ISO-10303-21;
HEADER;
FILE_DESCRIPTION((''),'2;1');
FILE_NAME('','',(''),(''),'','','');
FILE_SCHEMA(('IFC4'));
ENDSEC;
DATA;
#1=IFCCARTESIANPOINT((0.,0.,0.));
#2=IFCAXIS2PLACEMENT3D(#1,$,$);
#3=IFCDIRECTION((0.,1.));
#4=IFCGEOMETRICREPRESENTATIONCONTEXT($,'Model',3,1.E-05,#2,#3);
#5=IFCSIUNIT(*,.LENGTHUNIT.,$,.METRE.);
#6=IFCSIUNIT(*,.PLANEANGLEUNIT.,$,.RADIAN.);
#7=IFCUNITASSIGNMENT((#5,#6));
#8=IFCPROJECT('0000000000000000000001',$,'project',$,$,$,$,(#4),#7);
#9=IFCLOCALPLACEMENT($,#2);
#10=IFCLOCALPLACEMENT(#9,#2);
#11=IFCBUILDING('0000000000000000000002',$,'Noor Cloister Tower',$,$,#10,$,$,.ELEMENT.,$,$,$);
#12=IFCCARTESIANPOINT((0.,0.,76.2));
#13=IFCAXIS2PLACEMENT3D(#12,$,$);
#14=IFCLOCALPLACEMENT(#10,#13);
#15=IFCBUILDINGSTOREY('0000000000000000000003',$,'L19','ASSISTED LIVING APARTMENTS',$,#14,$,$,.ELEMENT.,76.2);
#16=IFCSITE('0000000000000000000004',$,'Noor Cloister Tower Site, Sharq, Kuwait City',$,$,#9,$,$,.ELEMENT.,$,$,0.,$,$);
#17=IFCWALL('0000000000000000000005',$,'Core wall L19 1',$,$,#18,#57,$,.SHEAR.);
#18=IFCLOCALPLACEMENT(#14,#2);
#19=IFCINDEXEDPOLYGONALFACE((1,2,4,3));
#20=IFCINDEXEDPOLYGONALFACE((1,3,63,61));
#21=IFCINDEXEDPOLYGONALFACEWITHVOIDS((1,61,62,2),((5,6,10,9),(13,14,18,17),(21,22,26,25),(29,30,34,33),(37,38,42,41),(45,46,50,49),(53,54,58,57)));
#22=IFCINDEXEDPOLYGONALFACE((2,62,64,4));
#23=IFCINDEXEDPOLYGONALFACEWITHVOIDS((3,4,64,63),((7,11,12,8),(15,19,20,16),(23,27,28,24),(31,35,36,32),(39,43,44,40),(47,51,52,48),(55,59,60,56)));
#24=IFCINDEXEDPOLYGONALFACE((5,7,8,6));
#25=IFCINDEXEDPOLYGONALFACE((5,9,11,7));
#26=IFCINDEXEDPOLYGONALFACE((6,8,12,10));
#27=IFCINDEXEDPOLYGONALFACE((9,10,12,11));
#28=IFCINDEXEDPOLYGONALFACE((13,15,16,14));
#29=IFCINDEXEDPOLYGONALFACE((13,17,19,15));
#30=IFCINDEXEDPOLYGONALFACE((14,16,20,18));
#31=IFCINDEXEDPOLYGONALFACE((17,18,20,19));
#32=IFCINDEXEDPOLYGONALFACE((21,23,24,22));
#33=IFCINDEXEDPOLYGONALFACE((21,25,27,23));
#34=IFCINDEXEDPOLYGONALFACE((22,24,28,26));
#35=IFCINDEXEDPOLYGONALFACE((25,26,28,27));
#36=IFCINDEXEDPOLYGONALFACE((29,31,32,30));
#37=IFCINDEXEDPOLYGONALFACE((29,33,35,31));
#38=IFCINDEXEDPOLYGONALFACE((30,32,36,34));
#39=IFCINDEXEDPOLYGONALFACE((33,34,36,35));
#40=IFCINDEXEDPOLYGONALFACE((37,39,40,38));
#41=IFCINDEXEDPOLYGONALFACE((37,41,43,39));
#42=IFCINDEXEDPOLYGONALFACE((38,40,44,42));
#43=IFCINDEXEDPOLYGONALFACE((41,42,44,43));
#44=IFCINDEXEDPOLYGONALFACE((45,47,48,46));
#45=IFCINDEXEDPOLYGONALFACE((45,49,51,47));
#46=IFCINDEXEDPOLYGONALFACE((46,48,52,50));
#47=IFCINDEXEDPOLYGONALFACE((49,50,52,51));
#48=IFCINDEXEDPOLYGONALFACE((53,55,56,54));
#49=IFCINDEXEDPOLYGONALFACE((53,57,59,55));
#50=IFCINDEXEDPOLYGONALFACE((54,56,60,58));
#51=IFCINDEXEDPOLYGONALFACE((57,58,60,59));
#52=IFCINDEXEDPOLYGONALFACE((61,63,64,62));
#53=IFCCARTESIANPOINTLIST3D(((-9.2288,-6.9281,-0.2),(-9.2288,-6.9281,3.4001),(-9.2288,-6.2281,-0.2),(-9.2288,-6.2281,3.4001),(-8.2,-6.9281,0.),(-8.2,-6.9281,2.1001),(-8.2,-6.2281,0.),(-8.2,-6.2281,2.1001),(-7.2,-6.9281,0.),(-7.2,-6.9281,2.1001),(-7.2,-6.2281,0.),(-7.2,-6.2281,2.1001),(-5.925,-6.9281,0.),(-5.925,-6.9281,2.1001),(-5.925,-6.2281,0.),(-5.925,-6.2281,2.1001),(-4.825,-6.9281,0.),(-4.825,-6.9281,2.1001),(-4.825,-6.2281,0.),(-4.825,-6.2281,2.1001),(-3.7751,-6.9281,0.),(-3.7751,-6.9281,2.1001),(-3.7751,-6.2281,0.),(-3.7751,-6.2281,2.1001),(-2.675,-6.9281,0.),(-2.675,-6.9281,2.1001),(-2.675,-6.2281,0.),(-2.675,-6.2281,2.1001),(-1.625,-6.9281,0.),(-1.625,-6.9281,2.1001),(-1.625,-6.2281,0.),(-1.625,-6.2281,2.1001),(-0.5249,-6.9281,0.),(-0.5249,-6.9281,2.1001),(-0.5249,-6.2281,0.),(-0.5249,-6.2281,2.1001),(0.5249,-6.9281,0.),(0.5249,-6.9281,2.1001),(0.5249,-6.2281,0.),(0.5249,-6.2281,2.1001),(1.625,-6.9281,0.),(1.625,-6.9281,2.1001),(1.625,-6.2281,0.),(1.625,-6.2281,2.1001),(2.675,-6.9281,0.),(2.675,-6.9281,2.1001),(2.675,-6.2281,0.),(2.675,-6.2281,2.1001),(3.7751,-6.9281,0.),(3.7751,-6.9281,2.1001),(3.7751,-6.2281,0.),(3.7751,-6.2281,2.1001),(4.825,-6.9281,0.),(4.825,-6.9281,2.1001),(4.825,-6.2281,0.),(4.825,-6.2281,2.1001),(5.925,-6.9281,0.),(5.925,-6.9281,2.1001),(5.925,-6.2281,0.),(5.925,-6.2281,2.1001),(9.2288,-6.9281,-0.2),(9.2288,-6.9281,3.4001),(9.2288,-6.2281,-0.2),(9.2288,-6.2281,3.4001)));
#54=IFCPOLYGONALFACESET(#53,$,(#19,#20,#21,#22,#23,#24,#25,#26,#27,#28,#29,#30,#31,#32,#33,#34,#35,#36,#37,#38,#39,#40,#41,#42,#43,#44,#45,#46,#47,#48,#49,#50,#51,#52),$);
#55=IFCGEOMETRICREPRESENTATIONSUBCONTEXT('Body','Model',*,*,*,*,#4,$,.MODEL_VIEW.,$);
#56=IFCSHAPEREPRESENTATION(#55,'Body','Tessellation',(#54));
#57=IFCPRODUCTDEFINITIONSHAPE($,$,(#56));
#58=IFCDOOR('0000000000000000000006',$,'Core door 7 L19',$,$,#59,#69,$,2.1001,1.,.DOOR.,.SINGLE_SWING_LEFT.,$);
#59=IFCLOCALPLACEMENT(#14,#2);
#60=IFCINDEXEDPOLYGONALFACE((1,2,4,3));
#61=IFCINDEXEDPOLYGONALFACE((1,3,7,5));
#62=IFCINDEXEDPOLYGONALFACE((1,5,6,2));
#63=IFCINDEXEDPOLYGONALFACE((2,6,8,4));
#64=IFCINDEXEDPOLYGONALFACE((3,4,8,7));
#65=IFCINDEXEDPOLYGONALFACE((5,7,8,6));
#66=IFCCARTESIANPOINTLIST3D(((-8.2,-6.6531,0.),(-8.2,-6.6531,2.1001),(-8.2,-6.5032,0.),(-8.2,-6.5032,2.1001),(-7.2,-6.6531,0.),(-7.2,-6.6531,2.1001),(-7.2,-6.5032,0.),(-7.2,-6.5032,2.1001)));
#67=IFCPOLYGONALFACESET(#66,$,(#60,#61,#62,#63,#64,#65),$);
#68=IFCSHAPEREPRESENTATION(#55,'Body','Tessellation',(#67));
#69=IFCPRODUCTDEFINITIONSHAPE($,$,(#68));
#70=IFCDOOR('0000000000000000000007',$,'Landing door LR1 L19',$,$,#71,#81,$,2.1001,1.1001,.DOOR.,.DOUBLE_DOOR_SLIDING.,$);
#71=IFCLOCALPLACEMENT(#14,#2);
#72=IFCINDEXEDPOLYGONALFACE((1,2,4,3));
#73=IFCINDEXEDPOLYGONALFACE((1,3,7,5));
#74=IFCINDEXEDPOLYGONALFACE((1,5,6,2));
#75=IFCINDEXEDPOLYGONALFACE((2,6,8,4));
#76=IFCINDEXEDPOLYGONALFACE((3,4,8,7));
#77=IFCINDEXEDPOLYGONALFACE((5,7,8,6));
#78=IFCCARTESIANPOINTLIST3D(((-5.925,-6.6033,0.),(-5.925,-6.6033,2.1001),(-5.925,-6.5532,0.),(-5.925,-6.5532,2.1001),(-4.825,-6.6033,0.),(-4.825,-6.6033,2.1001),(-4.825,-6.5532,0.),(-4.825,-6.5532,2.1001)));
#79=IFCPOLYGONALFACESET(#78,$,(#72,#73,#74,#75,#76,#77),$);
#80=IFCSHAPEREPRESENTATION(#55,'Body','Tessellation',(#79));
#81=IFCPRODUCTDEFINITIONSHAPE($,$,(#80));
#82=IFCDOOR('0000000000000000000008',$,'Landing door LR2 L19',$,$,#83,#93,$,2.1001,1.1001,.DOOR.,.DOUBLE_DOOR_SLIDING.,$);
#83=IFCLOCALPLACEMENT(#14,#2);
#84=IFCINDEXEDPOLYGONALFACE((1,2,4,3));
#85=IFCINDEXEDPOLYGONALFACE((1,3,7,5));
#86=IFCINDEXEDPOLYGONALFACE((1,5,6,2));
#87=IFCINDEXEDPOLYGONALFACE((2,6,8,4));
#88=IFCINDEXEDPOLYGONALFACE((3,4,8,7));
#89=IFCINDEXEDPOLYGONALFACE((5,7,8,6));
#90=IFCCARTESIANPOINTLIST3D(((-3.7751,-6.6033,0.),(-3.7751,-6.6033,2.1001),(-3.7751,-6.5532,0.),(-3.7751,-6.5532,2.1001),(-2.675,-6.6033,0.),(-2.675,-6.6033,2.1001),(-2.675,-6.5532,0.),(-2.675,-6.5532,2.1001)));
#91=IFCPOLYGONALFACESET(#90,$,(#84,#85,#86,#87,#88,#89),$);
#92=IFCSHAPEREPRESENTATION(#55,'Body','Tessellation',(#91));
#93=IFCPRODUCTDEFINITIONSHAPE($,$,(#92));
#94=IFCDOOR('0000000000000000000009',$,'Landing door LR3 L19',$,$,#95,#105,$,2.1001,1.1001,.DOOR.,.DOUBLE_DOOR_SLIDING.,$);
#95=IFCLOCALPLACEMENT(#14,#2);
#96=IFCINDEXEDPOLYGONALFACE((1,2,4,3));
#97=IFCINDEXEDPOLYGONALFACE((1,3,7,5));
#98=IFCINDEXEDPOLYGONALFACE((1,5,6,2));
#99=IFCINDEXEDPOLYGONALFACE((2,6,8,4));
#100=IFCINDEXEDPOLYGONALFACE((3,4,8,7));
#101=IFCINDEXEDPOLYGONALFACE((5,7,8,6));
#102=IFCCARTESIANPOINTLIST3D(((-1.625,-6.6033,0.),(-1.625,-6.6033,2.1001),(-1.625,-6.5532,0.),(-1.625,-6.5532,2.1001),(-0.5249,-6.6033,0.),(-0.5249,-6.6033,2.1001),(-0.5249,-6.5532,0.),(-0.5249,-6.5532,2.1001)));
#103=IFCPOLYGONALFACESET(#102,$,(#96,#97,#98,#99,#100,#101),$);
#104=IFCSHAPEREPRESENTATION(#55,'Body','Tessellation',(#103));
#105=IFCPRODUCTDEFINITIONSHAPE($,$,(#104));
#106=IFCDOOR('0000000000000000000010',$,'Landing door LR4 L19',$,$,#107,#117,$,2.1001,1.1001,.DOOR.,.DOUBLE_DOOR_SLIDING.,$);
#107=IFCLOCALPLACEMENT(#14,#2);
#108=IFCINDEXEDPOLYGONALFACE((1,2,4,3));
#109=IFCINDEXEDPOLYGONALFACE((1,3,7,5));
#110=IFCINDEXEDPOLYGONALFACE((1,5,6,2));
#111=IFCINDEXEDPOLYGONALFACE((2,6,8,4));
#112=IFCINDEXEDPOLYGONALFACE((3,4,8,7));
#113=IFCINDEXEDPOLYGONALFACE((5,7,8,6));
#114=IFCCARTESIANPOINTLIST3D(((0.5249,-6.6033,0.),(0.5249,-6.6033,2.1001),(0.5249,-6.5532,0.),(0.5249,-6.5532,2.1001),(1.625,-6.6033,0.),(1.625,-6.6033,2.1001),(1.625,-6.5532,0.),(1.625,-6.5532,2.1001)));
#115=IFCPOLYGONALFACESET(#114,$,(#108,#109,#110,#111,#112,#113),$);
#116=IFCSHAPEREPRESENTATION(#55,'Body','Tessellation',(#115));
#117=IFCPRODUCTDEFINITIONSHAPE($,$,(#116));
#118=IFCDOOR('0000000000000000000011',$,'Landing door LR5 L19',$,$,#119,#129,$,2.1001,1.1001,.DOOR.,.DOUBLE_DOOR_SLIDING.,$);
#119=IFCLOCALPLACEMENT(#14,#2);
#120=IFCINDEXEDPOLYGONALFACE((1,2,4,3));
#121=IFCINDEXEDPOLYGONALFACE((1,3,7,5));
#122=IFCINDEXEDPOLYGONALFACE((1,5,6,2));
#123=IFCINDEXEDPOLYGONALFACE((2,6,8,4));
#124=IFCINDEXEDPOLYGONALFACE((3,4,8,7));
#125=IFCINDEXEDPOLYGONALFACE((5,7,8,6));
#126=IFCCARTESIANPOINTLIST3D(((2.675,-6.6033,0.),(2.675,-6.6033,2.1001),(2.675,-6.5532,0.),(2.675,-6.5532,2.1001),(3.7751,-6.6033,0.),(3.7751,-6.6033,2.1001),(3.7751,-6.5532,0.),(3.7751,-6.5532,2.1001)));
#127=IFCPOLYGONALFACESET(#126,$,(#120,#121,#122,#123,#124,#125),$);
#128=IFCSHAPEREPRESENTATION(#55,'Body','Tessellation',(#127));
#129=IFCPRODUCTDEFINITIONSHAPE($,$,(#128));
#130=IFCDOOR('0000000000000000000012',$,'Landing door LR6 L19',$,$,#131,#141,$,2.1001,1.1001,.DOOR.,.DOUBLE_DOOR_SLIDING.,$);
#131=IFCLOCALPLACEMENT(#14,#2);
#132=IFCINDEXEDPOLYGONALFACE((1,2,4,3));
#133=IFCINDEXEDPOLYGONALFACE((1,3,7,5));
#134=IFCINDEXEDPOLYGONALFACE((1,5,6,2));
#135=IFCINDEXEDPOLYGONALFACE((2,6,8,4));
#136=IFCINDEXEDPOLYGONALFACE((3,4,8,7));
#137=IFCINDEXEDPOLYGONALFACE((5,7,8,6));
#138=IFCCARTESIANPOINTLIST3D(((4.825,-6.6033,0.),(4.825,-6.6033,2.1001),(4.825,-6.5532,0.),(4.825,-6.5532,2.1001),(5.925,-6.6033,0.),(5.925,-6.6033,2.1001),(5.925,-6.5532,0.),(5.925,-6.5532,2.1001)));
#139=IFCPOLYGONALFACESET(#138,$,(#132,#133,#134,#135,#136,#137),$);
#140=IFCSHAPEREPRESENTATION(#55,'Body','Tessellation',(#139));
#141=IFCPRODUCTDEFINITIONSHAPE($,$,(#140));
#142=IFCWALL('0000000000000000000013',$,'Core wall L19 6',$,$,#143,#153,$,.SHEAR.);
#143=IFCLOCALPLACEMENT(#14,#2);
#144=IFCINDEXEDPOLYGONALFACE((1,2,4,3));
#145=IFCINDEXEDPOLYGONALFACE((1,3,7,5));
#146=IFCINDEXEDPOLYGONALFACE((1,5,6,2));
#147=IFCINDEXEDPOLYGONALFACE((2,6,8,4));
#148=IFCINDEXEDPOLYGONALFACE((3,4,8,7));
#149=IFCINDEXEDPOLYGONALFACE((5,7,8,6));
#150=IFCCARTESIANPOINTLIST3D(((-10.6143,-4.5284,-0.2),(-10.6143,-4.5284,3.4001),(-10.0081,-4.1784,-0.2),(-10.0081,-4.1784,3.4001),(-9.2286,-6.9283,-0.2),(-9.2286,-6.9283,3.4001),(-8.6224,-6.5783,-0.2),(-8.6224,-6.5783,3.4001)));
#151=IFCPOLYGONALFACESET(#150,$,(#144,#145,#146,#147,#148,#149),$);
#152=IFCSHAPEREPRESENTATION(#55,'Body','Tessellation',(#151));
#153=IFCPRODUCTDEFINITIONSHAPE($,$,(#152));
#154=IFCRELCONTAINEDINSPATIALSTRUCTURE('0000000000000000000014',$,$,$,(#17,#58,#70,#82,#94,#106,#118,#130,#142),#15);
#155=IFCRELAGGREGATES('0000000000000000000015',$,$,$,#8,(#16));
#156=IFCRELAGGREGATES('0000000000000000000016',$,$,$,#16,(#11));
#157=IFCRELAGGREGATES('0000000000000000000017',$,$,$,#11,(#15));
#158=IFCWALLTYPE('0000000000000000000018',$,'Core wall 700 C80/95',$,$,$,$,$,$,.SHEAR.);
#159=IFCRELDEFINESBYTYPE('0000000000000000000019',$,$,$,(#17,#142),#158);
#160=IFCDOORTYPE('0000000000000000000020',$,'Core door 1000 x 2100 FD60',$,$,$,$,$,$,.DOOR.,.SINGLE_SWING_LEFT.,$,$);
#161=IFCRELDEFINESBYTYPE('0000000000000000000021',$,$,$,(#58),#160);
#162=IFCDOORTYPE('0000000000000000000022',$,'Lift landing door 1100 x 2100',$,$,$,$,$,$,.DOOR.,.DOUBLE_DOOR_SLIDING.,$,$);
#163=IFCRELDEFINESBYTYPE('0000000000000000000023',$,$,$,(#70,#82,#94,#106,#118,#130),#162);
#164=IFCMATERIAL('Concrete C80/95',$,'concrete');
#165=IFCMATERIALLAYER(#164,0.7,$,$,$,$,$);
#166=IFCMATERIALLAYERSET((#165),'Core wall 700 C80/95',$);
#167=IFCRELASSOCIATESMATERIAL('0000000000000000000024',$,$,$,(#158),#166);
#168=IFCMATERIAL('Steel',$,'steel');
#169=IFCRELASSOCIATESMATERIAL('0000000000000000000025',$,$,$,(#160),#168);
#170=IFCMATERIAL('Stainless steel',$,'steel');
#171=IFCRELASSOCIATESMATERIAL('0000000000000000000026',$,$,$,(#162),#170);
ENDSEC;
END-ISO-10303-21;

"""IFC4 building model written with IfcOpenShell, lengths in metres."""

from ifc_helpers import new_model, si_unit, direction, frame, frame_2d, origin, place, context, subcontext, project, spatial, rectangle, extrude, material, layer, layer_set, type_object, element, fill, save


model = new_model("IFC4")

# Units and contexts
model_context = context("Model", 3, precision=1e-05, world=origin(), true_north=direction((0.0, 1.0)))
body_context = subcontext(model_context, "Body", "Model", "MODEL_VIEW")
ifc_project = project(units=[si_unit("LENGTHUNIT", "METRE"), si_unit("PLANEANGLEUNIT", "RADIAN")], contexts=[model_context])

# Site, building, storey
site_placement = place(None, origin())
site = spatial("IfcSite", under=ifc_project, at=site_placement, Name="Noor Cloister Tower Site, Sharq, Kuwait City", CompositionType="ELEMENT", RefElevation=0.0)
building_placement = place(site_placement, origin())
building = spatial("IfcBuilding", under=site, at=building_placement, Name="Noor Cloister Tower", CompositionType="ELEMENT")
storey_placement = place(building_placement, frame((0.0, 0.0, 76.2)))
storey = spatial("IfcBuildingStorey", under=building, at=storey_placement, Name="L19", Description="ASSISTED LIVING APARTMENTS", CompositionType="ELEMENT", Elevation=76.2)

# Wall, openings, doors
ifc_material_1 = material(Name="Concrete C80/95", Category="concrete")
ifc_layer_1 = layer(ifc_material_1, 0.7)
ifc_layer_set_1 = layer_set([ifc_layer_1], Name="Core wall 700 C80/95")
wall_type_1 = type_object("IfcWallType", Name="Core wall 700 C80/95", PredefinedType="SHEAR", material=ifc_layer_set_1)
wall_1_placement = place(storey_placement, frame((-9.2288, -6.5781, -0.2), z_axis=(0.0, 0.0, 1.0), x_axis=(1.0, 0.0, 0.0)))
wall_1 = element("IfcWall", 1, at=wall_1_placement, inside=storey, type_object=wall_type_1, Name="Core wall L19 1", PredefinedType="SHEAR", context=body_context, shape_type="SweptSolid", body=[
    extrude(rectangle(XDim=18.4575, YDim=0.7, at=frame_2d((9.2288, 0.0))), origin(), (0.0, 0.0, 1.0), 3.6001),
])
opening_1_placement = place(wall_1_placement, frame((3.3037, 0.0, 0.2)))
opening_1 = element("IfcOpeningElement", 2, at=opening_1_placement, cuts=wall_1, PredefinedType="OPENING", context=body_context, shape_type="SweptSolid", body=[
    extrude(rectangle(XDim=1.1001, YDim=2.1001, at=frame_2d((0.55, 1.05))), frame((0.0, 0.3599, 0.0), z_axis=(0.0, -1.0, 0.0), x_axis=(1.0, 0.0, 0.0)), (0.0, 0.0, 1.0), 0.72),
])
opening_2_placement = place(wall_1_placement, frame((5.4536, 0.0, 0.2)))
opening_2 = element("IfcOpeningElement", 3, at=opening_2_placement, cuts=wall_1, PredefinedType="OPENING", context=body_context, shape_type="SweptSolid", body=[
    extrude(rectangle(XDim=1.1001, YDim=2.1001, at=frame_2d((0.55, 1.05))), frame((0.0, 0.3599, 0.0), z_axis=(0.0, -1.0, 0.0), x_axis=(1.0, 0.0, 0.0)), (0.0, 0.0, 1.0), 0.72),
])
opening_3_placement = place(wall_1_placement, frame((7.6038, 0.0, 0.2)))
opening_3 = element("IfcOpeningElement", 4, at=opening_3_placement, cuts=wall_1, PredefinedType="OPENING", context=body_context, shape_type="SweptSolid", body=[
    extrude(rectangle(XDim=1.1001, YDim=2.1001, at=frame_2d((0.55, 1.05))), frame((0.0, 0.3599, 0.0), z_axis=(0.0, -1.0, 0.0), x_axis=(1.0, 0.0, 0.0)), (0.0, 0.0, 1.0), 0.72),
])
opening_4_placement = place(wall_1_placement, frame((9.7537, 0.0, 0.2)))
opening_4 = element("IfcOpeningElement", 5, at=opening_4_placement, cuts=wall_1, PredefinedType="OPENING", context=body_context, shape_type="SweptSolid", body=[
    extrude(rectangle(XDim=1.1001, YDim=2.1001, at=frame_2d((0.55, 1.05))), frame((0.0, 0.3599, 0.0), z_axis=(0.0, -1.0, 0.0), x_axis=(1.0, 0.0, 0.0)), (0.0, 0.0, 1.0), 0.72),
])
opening_5_placement = place(wall_1_placement, frame((11.9038, 0.0, 0.2)))
opening_5 = element("IfcOpeningElement", 6, at=opening_5_placement, cuts=wall_1, PredefinedType="OPENING", context=body_context, shape_type="SweptSolid", body=[
    extrude(rectangle(XDim=1.1001, YDim=2.1001, at=frame_2d((0.55, 1.05))), frame((0.0, 0.3599, 0.0), z_axis=(0.0, -1.0, 0.0), x_axis=(1.0, 0.0, 0.0)), (0.0, 0.0, 1.0), 0.72),
])
opening_6_placement = place(wall_1_placement, frame((14.0537, 0.0, 0.2)))
opening_6 = element("IfcOpeningElement", 7, at=opening_6_placement, cuts=wall_1, PredefinedType="OPENING", context=body_context, shape_type="SweptSolid", body=[
    extrude(rectangle(XDim=1.1001, YDim=2.1001, at=frame_2d((0.55, 1.05))), frame((0.0, 0.3599, 0.0), z_axis=(0.0, -1.0, 0.0), x_axis=(1.0, 0.0, 0.0)), (0.0, 0.0, 1.0), 0.72),
])
opening_7_placement = place(wall_1_placement, frame((1.0288, 0.0, 0.2)))
opening_7 = element("IfcOpeningElement", 8, at=opening_7_placement, cuts=wall_1, PredefinedType="OPENING", context=body_context, shape_type="SweptSolid", body=[
    extrude(rectangle(XDim=1.0, YDim=2.1001, at=frame_2d((0.5, 1.05))), frame((0.0, 0.3599, 0.0), z_axis=(0.0, -1.0, 0.0), x_axis=(1.0, 0.0, 0.0)), (0.0, 0.0, 1.0), 0.72),
])
ifc_material_2 = material(Name="Steel", Category="steel")
door_type_1 = type_object("IfcDoorType", Name="Core door 1000 x 2100 FD60", OperationType="SINGLE_SWING_LEFT", PredefinedType="DOOR", material=ifc_material_2)
door_1_placement = place(opening_7_placement, origin())
door_1 = element("IfcDoor", 9, at=door_1_placement, inside=storey, type_object=door_type_1, Name="Core door 7 L19", OperationType="SINGLE_SWING_LEFT", OverallHeight=2.1001, OverallWidth=1.0, PredefinedType="DOOR", context=body_context, shape_type="SweptSolid", body=[
    extrude(rectangle(XDim=1.0, YDim=2.1001, at=frame_2d((0.5, 1.05))), frame((0.0, 0.075, 0.0), z_axis=(0.0, -1.0, 0.0), x_axis=(1.0, 0.0, 0.0)), (0.0, 0.0, 1.0), 0.1499),
])
fill(opening_7, door_1)
ifc_material_3 = material(Name="Stainless steel", Category="steel")
door_type_2 = type_object("IfcDoorType", Name="Lift landing door 1100 x 2100", OperationType="DOUBLE_DOOR_SLIDING", PredefinedType="DOOR", material=ifc_material_3)
door_2_placement = place(opening_1_placement, origin())
door_2 = element("IfcDoor", 10, at=door_2_placement, inside=storey, type_object=door_type_2, Name="Landing door LR1 L19", OperationType="DOUBLE_DOOR_SLIDING", OverallHeight=2.1001, OverallWidth=1.1001, PredefinedType="DOOR", context=body_context, shape_type="SweptSolid", body=[
    extrude(rectangle(XDim=1.1001, YDim=2.1001, at=frame_2d((0.55, 1.05))), frame((0.0, 0.0249, 0.0), z_axis=(0.0, -1.0, 0.0), x_axis=(1.0, 0.0, 0.0)), (0.0, 0.0, 1.0), 0.05),
])
fill(opening_1, door_2)
door_3_placement = place(opening_2_placement, origin())
door_3 = element("IfcDoor", 11, at=door_3_placement, inside=storey, type_object=door_type_2, Name="Landing door LR2 L19", OperationType="DOUBLE_DOOR_SLIDING", OverallHeight=2.1001, OverallWidth=1.1001, PredefinedType="DOOR", context=body_context, shape_type="SweptSolid", body=[
    extrude(rectangle(XDim=1.1001, YDim=2.1001, at=frame_2d((0.55, 1.05))), frame((0.0, 0.0249, 0.0), z_axis=(0.0, -1.0, 0.0), x_axis=(1.0, 0.0, 0.0)), (0.0, 0.0, 1.0), 0.05),
])
fill(opening_2, door_3)
door_4_placement = place(opening_3_placement, origin())
door_4 = element("IfcDoor", 12, at=door_4_placement, inside=storey, type_object=door_type_2, Name="Landing door LR3 L19", OperationType="DOUBLE_DOOR_SLIDING", OverallHeight=2.1001, OverallWidth=1.1001, PredefinedType="DOOR", context=body_context, shape_type="SweptSolid", body=[
    extrude(rectangle(XDim=1.1001, YDim=2.1001, at=frame_2d((0.55, 1.05))), frame((0.0, 0.0249, 0.0), z_axis=(0.0, -1.0, 0.0), x_axis=(1.0, 0.0, 0.0)), (0.0, 0.0, 1.0), 0.05),
])
fill(opening_3, door_4)
door_5_placement = place(opening_4_placement, origin())
door_5 = element("IfcDoor", 13, at=door_5_placement, inside=storey, type_object=door_type_2, Name="Landing door LR4 L19", OperationType="DOUBLE_DOOR_SLIDING", OverallHeight=2.1001, OverallWidth=1.1001, PredefinedType="DOOR", context=body_context, shape_type="SweptSolid", body=[
    extrude(rectangle(XDim=1.1001, YDim=2.1001, at=frame_2d((0.55, 1.05))), frame((0.0, 0.0249, 0.0), z_axis=(0.0, -1.0, 0.0), x_axis=(1.0, 0.0, 0.0)), (0.0, 0.0, 1.0), 0.05),
])
fill(opening_4, door_5)
door_6_placement = place(opening_5_placement, origin())
door_6 = element("IfcDoor", 14, at=door_6_placement, inside=storey, type_object=door_type_2, Name="Landing door LR5 L19", OperationType="DOUBLE_DOOR_SLIDING", OverallHeight=2.1001, OverallWidth=1.1001, PredefinedType="DOOR", context=body_context, shape_type="SweptSolid", body=[
    extrude(rectangle(XDim=1.1001, YDim=2.1001, at=frame_2d((0.55, 1.05))), frame((0.0, 0.0249, 0.0), z_axis=(0.0, -1.0, 0.0), x_axis=(1.0, 0.0, 0.0)), (0.0, 0.0, 1.0), 0.05),
])
fill(opening_5, door_6)
door_7_placement = place(opening_6_placement, origin())
door_7 = element("IfcDoor", 15, at=door_7_placement, inside=storey, type_object=door_type_2, Name="Landing door LR6 L19", OperationType="DOUBLE_DOOR_SLIDING", OverallHeight=2.1001, OverallWidth=1.1001, PredefinedType="DOOR", context=body_context, shape_type="SweptSolid", body=[
    extrude(rectangle(XDim=1.1001, YDim=2.1001, at=frame_2d((0.55, 1.05))), frame((0.0, 0.0249, 0.0), z_axis=(0.0, -1.0, 0.0), x_axis=(1.0, 0.0, 0.0)), (0.0, 0.0, 1.0), 0.05),
])
fill(opening_6, door_7)

# Wall
wall_2_placement = place(storey_placement, frame((-10.3113, -4.3533, -0.2), z_axis=(0.0, 0.0, 1.0), x_axis=(0.500043, -0.866001, 0.0)))
element("IfcWall", 16, at=wall_2_placement, inside=storey, type_object=wall_type_1, Name="Core wall L19 6", PredefinedType="SHEAR", context=body_context, shape_type="SweptSolid", body=[
    extrude(rectangle(XDim=2.7712, YDim=0.7, at=frame_2d((1.3857, 0.0))), origin(), (0.0, 0.0, 1.0), 3.6001),
])

save(model, "model.ifc")
